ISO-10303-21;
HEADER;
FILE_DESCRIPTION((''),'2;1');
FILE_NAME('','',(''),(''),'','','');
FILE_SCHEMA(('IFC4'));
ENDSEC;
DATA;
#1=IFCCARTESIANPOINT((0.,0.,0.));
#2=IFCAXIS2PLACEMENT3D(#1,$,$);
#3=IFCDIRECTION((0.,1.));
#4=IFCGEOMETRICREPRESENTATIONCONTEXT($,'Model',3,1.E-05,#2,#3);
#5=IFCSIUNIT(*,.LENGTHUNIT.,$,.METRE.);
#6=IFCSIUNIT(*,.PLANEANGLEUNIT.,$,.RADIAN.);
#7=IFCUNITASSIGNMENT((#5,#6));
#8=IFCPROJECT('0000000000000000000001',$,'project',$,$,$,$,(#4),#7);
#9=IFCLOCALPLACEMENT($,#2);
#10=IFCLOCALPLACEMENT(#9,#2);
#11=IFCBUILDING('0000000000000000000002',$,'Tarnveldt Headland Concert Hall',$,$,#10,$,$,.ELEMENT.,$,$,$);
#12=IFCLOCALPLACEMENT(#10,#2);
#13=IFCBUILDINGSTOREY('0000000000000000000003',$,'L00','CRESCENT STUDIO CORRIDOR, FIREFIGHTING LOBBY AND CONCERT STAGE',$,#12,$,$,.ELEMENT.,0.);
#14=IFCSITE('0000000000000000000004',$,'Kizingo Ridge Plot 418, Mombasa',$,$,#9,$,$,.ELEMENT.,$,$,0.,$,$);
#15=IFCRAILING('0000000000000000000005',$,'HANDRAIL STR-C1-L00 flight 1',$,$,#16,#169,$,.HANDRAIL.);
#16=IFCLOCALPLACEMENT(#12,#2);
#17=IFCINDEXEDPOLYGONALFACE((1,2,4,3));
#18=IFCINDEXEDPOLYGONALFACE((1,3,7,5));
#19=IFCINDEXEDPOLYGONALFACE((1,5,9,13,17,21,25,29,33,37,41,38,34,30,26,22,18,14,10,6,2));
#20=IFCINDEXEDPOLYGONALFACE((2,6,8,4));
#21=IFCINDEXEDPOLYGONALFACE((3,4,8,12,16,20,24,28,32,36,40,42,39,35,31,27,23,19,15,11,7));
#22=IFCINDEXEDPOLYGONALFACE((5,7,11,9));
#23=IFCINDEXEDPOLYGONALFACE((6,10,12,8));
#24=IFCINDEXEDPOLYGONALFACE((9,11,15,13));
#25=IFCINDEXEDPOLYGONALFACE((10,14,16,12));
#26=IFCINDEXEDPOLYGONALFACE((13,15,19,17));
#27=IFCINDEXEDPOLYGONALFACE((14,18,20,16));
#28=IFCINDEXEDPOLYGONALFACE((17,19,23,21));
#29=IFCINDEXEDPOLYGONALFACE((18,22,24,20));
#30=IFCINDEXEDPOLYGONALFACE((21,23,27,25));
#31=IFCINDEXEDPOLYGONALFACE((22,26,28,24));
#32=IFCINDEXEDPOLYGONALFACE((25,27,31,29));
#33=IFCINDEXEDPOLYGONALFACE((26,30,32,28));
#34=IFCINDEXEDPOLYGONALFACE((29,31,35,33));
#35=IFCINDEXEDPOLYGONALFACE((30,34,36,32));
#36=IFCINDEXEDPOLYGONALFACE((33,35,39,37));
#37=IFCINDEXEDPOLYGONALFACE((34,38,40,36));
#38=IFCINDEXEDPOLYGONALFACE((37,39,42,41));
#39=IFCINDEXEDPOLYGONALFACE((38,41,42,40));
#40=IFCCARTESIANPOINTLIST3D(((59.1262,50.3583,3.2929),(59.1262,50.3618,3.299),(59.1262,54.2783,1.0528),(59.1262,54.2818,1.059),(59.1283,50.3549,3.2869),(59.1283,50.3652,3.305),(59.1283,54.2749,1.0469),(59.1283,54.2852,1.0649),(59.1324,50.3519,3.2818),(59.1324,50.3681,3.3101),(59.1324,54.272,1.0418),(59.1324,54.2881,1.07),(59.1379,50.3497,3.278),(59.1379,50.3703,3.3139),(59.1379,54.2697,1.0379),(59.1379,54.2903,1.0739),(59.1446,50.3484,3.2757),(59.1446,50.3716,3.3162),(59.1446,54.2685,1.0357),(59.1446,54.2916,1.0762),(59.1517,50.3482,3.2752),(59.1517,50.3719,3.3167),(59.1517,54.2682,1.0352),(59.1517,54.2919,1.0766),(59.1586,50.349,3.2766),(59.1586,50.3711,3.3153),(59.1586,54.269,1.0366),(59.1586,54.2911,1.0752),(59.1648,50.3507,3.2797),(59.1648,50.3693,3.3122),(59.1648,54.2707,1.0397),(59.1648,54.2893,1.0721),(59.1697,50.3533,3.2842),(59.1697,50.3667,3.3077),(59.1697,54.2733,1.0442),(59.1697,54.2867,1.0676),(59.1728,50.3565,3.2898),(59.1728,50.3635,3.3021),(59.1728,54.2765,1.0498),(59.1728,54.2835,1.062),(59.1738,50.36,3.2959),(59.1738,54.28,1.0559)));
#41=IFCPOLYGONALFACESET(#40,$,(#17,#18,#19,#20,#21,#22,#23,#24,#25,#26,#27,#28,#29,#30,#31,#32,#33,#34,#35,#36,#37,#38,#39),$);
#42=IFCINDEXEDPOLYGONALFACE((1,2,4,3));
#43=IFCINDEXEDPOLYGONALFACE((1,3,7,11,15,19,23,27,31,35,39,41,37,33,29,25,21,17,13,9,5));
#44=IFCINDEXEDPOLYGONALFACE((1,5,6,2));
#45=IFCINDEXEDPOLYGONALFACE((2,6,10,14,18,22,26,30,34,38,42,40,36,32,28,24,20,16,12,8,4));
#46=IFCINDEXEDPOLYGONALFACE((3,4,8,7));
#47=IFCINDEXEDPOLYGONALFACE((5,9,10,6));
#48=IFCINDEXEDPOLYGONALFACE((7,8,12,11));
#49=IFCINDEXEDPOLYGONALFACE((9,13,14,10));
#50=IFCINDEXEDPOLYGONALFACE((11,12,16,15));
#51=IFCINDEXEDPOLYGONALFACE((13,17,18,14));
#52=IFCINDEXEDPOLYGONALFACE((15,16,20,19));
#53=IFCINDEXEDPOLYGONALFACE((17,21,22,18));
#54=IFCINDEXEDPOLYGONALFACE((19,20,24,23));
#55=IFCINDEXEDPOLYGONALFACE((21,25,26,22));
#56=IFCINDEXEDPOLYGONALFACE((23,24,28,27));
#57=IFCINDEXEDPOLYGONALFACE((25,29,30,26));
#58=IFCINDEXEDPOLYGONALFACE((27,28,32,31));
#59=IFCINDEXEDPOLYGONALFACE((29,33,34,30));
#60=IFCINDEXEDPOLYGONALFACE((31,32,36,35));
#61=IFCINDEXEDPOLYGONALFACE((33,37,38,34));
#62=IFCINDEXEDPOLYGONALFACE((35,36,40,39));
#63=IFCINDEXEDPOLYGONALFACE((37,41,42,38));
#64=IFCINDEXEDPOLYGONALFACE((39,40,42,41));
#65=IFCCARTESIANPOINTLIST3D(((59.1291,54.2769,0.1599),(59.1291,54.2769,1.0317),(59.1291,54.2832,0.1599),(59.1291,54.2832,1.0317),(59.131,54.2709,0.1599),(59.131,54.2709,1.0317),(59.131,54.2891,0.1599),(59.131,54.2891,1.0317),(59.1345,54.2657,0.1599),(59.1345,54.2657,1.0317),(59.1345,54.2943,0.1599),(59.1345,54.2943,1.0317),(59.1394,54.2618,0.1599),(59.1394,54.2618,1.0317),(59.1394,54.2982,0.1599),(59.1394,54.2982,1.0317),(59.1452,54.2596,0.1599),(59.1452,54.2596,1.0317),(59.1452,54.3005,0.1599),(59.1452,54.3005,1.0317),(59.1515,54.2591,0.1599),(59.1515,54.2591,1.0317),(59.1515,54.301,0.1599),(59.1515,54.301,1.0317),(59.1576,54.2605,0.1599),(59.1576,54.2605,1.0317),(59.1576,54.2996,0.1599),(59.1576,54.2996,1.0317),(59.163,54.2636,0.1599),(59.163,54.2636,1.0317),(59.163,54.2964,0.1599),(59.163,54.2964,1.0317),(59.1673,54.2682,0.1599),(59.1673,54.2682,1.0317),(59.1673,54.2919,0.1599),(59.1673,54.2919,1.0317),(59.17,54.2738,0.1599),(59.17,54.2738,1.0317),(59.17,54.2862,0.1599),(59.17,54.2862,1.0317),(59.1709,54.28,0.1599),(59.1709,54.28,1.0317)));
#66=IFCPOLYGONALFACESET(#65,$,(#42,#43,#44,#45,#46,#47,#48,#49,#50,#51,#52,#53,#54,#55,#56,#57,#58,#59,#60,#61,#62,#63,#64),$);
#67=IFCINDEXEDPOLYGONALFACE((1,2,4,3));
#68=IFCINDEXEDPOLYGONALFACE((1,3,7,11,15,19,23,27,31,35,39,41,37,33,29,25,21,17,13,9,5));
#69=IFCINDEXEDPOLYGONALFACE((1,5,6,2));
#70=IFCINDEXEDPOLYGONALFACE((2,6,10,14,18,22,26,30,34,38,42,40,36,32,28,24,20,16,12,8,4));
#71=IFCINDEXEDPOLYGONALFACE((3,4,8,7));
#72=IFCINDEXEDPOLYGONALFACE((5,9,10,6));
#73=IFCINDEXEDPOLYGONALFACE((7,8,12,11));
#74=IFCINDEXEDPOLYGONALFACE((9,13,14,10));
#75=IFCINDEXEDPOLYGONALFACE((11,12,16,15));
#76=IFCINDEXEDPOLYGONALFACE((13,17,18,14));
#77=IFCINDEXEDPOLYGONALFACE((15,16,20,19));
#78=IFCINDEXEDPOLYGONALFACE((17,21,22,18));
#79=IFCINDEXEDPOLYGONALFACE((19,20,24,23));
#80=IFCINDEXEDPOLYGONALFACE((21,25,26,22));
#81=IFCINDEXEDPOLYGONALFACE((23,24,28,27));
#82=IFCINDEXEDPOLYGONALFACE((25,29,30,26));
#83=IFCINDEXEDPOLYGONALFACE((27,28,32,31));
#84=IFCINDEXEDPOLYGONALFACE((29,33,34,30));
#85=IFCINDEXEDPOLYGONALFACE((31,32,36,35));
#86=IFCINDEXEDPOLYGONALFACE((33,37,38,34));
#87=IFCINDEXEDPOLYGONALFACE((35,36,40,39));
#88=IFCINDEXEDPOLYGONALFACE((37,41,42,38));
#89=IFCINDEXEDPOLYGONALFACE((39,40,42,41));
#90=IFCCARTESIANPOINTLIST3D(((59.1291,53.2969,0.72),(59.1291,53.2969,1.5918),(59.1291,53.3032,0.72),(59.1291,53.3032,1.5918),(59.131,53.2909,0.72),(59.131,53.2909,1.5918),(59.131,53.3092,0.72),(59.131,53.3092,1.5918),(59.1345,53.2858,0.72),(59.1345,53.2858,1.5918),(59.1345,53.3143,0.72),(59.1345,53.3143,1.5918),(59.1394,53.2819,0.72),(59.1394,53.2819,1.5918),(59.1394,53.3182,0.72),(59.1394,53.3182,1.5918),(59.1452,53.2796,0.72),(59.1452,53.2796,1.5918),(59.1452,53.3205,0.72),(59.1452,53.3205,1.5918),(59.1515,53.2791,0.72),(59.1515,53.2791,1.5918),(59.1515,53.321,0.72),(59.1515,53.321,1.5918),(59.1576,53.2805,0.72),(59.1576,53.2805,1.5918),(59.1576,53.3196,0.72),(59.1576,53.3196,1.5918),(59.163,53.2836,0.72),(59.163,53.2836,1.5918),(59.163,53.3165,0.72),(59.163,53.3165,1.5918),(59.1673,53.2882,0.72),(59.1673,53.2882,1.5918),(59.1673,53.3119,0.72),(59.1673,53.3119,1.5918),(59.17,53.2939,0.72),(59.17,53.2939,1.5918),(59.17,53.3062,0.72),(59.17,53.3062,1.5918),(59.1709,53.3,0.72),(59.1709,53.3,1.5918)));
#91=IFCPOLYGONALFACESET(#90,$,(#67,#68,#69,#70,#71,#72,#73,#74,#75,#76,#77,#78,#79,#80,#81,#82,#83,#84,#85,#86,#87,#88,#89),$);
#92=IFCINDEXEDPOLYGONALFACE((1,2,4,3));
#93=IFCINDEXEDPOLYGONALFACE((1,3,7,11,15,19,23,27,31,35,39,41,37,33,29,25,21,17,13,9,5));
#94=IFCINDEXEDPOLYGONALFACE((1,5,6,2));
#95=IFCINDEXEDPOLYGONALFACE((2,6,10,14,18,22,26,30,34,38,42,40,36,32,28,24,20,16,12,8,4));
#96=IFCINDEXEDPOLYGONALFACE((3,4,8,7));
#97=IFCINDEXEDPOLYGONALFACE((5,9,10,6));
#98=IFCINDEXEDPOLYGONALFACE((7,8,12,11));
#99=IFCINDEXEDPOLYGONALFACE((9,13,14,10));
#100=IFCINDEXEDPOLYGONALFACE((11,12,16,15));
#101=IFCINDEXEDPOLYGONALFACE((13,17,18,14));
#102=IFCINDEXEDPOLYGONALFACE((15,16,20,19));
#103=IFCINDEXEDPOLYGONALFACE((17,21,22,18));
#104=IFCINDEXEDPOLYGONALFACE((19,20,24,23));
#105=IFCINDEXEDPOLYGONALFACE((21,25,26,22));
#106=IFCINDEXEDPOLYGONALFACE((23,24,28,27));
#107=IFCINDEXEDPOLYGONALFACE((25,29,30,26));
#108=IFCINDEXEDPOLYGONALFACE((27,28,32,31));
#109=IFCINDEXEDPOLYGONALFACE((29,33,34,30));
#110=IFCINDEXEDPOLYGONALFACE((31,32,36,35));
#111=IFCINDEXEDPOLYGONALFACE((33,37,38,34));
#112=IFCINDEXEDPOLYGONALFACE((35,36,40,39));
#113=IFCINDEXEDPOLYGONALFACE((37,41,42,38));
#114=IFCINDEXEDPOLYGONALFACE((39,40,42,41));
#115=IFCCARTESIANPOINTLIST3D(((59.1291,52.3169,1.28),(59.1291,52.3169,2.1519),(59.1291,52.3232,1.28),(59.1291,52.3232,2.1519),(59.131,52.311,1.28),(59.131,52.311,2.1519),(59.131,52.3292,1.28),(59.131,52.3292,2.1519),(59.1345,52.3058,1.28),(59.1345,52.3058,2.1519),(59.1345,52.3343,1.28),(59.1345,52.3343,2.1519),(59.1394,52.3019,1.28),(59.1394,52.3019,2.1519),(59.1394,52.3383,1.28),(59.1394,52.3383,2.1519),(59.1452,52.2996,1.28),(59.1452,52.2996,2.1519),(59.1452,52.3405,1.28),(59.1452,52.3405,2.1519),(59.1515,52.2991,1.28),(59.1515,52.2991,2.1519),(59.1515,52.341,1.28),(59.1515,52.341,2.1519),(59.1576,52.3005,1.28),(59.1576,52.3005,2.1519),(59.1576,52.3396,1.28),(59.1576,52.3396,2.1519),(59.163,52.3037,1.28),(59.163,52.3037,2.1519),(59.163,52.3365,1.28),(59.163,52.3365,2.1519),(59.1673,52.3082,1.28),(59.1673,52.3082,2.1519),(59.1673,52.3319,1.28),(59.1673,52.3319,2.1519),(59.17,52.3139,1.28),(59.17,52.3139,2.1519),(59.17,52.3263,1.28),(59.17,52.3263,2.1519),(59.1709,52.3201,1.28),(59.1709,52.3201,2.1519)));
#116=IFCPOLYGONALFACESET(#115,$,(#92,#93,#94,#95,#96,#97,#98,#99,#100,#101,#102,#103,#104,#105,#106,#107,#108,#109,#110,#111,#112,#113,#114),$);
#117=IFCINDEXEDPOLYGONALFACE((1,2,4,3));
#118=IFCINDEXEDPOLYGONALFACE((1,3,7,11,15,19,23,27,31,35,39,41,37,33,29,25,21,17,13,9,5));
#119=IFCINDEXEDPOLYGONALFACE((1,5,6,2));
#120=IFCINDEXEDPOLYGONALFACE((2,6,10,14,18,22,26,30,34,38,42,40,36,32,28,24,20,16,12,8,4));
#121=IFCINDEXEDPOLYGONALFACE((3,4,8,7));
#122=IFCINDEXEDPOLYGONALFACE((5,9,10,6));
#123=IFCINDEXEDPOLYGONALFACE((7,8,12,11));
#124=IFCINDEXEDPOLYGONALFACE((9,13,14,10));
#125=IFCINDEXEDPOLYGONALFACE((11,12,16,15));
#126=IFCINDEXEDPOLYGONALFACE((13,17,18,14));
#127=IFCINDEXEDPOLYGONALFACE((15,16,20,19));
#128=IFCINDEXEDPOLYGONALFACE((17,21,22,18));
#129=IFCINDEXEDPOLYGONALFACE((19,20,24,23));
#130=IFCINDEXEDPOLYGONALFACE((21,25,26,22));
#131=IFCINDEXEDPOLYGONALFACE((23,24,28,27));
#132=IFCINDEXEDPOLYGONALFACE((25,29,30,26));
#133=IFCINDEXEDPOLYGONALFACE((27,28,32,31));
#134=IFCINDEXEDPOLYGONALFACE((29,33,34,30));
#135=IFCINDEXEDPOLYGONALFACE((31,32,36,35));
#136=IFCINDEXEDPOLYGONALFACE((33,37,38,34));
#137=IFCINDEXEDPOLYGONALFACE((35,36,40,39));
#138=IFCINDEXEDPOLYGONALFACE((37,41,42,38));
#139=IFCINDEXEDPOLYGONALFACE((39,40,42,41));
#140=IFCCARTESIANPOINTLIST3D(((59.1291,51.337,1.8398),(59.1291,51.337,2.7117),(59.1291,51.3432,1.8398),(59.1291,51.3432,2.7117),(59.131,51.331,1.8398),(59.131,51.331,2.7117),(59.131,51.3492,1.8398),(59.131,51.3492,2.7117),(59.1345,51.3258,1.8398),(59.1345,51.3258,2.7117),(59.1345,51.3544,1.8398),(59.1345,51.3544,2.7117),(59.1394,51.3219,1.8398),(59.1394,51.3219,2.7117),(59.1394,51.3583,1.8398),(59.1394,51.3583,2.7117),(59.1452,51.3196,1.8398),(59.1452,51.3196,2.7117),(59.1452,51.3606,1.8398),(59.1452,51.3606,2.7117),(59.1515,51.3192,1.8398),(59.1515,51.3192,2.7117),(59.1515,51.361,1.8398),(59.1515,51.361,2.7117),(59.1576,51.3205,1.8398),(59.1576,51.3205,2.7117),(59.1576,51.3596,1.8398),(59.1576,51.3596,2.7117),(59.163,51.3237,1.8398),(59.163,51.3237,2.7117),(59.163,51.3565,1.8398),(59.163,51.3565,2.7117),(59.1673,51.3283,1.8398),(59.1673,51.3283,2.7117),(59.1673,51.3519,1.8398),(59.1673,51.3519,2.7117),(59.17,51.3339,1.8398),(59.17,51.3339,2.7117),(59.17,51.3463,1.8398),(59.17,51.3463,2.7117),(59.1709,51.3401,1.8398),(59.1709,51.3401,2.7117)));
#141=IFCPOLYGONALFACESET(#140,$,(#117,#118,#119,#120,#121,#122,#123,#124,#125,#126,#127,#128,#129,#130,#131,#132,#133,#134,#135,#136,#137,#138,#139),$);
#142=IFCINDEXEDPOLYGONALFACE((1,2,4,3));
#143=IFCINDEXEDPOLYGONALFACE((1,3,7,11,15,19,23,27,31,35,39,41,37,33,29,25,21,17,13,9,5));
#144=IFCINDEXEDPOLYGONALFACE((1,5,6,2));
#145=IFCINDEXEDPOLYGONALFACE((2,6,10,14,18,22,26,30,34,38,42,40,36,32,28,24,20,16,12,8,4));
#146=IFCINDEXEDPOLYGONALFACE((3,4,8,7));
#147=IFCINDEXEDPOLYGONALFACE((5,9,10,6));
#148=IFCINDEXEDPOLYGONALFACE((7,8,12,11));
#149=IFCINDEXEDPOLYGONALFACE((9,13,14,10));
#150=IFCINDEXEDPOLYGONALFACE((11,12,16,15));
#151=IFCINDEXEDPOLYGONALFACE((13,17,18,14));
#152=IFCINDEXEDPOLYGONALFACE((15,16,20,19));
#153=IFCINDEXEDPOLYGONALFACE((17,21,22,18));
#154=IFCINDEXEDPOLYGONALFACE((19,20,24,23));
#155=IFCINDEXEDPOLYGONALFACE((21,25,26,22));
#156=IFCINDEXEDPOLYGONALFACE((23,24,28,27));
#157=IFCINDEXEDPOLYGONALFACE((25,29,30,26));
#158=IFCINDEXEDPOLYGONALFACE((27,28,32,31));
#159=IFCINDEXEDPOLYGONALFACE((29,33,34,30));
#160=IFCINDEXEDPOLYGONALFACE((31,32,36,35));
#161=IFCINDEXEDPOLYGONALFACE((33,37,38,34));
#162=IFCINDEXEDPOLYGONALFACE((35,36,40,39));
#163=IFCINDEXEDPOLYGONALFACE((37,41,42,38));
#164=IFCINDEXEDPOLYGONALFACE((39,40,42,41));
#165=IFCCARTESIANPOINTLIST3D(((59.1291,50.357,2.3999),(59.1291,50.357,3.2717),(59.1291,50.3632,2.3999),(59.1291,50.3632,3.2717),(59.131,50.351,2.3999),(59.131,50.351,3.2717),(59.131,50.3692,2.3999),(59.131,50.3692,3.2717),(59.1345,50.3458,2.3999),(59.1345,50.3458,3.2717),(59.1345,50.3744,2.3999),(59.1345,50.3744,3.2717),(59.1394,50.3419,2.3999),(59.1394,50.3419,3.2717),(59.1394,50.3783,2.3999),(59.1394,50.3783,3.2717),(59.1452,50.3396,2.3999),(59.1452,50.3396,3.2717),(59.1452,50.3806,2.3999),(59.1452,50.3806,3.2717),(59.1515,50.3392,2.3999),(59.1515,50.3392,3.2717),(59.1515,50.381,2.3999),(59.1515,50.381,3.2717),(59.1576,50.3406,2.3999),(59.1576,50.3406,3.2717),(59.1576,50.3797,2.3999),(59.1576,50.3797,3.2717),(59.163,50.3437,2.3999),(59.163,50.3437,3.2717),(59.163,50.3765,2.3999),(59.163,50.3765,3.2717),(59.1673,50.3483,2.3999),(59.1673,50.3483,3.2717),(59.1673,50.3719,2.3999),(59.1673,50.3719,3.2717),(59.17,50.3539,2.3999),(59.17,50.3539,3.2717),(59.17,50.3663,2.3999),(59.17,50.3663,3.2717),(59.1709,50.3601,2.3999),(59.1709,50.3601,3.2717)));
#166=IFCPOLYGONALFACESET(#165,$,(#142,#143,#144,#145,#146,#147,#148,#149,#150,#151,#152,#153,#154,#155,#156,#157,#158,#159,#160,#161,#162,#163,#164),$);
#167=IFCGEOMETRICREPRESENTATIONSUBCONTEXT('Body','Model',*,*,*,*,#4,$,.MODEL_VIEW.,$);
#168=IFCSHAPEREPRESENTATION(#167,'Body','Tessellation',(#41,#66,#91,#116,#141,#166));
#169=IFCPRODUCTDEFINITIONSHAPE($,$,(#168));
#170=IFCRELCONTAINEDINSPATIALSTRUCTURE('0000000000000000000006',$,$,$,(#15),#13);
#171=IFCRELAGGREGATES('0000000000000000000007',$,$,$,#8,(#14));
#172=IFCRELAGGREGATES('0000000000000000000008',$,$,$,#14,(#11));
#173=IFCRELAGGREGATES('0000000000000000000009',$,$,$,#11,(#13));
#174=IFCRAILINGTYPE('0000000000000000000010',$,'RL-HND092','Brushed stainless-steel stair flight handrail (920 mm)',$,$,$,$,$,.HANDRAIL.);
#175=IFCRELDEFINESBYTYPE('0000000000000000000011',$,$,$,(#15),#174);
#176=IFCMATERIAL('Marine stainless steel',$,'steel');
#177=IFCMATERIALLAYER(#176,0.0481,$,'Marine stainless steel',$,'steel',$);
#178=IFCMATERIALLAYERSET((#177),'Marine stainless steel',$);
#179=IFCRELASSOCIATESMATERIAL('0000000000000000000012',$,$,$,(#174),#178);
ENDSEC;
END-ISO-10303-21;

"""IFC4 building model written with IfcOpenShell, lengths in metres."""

from ifc_helpers import new_model, si_unit, direction, frame, origin, origin_2d, place, context, subcontext, project, spatial, circle, extrude, material, layer, layer_set, type_object, element, save


model = new_model("IFC4")

# Units and contexts
model_context = context("Model", 3, precision=1e-05, world=origin(), true_north=direction((0.0, 1.0)))
body_context = subcontext(model_context, "Body", "Model", "MODEL_VIEW")
ifc_project = project(units=[si_unit("LENGTHUNIT", "METRE"), si_unit("PLANEANGLEUNIT", "RADIAN")], contexts=[model_context])

# Site, building, storey
site_placement = place(None, origin())
site = spatial("IfcSite", under=ifc_project, at=site_placement, Name="Kizingo Ridge Plot 418, Mombasa", CompositionType="ELEMENT", RefElevation=0.0)
building_placement = place(site_placement, origin())
building = spatial("IfcBuilding", under=site, at=building_placement, Name="Tarnveldt Headland Concert Hall", CompositionType="ELEMENT")
storey_placement = place(building_placement, origin())
storey = spatial("IfcBuildingStorey", under=building, at=storey_placement, Name="L00", Description="CRESCENT STUDIO CORRIDOR, FIREFIGHTING LOBBY AND CONCERT STAGE", CompositionType="ELEMENT", Elevation=0.0)

# Railing
ifc_material_1 = material(Name="Marine stainless steel", Category="steel")
ifc_layer_1 = layer(ifc_material_1, 0.0481, Name="Marine stainless steel", Category="steel")
ifc_layer_set_1 = layer_set([ifc_layer_1], Name="Marine stainless steel")
railing_type_1 = type_object("IfcRailingType", Name="RL-HND092", Description="Brushed stainless-steel stair flight handrail (920 mm)", PredefinedType="HANDRAIL", material=ifc_layer_set_1)
railing_1_placement = place(storey_placement, frame((59.1499, 54.28, 0.1599)))
element("IfcRailing", 1, at=railing_1_placement, inside=storey, type_object=railing_type_1, Name="HANDRAIL STR-C1-L00 flight 1", PredefinedType="HANDRAIL", context=body_context, shape_type="SweptSolid", body=[
    extrude(circle(Radius=0.0239, at=origin_2d()), frame((0.0, 0.0, 0.896), z_axis=(0.0, -0.86824, 0.496145), x_axis=(1.0, 0.0, 0.0)), (0.0, 0.0, 1.0), 4.5149),
    extrude(circle(Radius=0.021, at=origin_2d()), origin(), (0.0, 0.0, 1.0), 0.8718),
    extrude(circle(Radius=0.021, at=origin_2d()), frame((0.0, -0.98, 0.5601)), (0.0, 0.0, 1.0), 0.8718),
    extrude(circle(Radius=0.021, at=origin_2d()), frame((0.0, -1.96, 1.1201)), (0.0, 0.0, 1.0), 0.8718),
    extrude(circle(Radius=0.021, at=origin_2d()), frame((0.0, -2.9399, 1.6799)), (0.0, 0.0, 1.0), 0.8718),
    extrude(circle(Radius=0.021, at=origin_2d()), frame((0.0, -3.9199, 2.24)), (0.0, 0.0, 1.0), 0.8718),
])

save(model, "model.ifc")
